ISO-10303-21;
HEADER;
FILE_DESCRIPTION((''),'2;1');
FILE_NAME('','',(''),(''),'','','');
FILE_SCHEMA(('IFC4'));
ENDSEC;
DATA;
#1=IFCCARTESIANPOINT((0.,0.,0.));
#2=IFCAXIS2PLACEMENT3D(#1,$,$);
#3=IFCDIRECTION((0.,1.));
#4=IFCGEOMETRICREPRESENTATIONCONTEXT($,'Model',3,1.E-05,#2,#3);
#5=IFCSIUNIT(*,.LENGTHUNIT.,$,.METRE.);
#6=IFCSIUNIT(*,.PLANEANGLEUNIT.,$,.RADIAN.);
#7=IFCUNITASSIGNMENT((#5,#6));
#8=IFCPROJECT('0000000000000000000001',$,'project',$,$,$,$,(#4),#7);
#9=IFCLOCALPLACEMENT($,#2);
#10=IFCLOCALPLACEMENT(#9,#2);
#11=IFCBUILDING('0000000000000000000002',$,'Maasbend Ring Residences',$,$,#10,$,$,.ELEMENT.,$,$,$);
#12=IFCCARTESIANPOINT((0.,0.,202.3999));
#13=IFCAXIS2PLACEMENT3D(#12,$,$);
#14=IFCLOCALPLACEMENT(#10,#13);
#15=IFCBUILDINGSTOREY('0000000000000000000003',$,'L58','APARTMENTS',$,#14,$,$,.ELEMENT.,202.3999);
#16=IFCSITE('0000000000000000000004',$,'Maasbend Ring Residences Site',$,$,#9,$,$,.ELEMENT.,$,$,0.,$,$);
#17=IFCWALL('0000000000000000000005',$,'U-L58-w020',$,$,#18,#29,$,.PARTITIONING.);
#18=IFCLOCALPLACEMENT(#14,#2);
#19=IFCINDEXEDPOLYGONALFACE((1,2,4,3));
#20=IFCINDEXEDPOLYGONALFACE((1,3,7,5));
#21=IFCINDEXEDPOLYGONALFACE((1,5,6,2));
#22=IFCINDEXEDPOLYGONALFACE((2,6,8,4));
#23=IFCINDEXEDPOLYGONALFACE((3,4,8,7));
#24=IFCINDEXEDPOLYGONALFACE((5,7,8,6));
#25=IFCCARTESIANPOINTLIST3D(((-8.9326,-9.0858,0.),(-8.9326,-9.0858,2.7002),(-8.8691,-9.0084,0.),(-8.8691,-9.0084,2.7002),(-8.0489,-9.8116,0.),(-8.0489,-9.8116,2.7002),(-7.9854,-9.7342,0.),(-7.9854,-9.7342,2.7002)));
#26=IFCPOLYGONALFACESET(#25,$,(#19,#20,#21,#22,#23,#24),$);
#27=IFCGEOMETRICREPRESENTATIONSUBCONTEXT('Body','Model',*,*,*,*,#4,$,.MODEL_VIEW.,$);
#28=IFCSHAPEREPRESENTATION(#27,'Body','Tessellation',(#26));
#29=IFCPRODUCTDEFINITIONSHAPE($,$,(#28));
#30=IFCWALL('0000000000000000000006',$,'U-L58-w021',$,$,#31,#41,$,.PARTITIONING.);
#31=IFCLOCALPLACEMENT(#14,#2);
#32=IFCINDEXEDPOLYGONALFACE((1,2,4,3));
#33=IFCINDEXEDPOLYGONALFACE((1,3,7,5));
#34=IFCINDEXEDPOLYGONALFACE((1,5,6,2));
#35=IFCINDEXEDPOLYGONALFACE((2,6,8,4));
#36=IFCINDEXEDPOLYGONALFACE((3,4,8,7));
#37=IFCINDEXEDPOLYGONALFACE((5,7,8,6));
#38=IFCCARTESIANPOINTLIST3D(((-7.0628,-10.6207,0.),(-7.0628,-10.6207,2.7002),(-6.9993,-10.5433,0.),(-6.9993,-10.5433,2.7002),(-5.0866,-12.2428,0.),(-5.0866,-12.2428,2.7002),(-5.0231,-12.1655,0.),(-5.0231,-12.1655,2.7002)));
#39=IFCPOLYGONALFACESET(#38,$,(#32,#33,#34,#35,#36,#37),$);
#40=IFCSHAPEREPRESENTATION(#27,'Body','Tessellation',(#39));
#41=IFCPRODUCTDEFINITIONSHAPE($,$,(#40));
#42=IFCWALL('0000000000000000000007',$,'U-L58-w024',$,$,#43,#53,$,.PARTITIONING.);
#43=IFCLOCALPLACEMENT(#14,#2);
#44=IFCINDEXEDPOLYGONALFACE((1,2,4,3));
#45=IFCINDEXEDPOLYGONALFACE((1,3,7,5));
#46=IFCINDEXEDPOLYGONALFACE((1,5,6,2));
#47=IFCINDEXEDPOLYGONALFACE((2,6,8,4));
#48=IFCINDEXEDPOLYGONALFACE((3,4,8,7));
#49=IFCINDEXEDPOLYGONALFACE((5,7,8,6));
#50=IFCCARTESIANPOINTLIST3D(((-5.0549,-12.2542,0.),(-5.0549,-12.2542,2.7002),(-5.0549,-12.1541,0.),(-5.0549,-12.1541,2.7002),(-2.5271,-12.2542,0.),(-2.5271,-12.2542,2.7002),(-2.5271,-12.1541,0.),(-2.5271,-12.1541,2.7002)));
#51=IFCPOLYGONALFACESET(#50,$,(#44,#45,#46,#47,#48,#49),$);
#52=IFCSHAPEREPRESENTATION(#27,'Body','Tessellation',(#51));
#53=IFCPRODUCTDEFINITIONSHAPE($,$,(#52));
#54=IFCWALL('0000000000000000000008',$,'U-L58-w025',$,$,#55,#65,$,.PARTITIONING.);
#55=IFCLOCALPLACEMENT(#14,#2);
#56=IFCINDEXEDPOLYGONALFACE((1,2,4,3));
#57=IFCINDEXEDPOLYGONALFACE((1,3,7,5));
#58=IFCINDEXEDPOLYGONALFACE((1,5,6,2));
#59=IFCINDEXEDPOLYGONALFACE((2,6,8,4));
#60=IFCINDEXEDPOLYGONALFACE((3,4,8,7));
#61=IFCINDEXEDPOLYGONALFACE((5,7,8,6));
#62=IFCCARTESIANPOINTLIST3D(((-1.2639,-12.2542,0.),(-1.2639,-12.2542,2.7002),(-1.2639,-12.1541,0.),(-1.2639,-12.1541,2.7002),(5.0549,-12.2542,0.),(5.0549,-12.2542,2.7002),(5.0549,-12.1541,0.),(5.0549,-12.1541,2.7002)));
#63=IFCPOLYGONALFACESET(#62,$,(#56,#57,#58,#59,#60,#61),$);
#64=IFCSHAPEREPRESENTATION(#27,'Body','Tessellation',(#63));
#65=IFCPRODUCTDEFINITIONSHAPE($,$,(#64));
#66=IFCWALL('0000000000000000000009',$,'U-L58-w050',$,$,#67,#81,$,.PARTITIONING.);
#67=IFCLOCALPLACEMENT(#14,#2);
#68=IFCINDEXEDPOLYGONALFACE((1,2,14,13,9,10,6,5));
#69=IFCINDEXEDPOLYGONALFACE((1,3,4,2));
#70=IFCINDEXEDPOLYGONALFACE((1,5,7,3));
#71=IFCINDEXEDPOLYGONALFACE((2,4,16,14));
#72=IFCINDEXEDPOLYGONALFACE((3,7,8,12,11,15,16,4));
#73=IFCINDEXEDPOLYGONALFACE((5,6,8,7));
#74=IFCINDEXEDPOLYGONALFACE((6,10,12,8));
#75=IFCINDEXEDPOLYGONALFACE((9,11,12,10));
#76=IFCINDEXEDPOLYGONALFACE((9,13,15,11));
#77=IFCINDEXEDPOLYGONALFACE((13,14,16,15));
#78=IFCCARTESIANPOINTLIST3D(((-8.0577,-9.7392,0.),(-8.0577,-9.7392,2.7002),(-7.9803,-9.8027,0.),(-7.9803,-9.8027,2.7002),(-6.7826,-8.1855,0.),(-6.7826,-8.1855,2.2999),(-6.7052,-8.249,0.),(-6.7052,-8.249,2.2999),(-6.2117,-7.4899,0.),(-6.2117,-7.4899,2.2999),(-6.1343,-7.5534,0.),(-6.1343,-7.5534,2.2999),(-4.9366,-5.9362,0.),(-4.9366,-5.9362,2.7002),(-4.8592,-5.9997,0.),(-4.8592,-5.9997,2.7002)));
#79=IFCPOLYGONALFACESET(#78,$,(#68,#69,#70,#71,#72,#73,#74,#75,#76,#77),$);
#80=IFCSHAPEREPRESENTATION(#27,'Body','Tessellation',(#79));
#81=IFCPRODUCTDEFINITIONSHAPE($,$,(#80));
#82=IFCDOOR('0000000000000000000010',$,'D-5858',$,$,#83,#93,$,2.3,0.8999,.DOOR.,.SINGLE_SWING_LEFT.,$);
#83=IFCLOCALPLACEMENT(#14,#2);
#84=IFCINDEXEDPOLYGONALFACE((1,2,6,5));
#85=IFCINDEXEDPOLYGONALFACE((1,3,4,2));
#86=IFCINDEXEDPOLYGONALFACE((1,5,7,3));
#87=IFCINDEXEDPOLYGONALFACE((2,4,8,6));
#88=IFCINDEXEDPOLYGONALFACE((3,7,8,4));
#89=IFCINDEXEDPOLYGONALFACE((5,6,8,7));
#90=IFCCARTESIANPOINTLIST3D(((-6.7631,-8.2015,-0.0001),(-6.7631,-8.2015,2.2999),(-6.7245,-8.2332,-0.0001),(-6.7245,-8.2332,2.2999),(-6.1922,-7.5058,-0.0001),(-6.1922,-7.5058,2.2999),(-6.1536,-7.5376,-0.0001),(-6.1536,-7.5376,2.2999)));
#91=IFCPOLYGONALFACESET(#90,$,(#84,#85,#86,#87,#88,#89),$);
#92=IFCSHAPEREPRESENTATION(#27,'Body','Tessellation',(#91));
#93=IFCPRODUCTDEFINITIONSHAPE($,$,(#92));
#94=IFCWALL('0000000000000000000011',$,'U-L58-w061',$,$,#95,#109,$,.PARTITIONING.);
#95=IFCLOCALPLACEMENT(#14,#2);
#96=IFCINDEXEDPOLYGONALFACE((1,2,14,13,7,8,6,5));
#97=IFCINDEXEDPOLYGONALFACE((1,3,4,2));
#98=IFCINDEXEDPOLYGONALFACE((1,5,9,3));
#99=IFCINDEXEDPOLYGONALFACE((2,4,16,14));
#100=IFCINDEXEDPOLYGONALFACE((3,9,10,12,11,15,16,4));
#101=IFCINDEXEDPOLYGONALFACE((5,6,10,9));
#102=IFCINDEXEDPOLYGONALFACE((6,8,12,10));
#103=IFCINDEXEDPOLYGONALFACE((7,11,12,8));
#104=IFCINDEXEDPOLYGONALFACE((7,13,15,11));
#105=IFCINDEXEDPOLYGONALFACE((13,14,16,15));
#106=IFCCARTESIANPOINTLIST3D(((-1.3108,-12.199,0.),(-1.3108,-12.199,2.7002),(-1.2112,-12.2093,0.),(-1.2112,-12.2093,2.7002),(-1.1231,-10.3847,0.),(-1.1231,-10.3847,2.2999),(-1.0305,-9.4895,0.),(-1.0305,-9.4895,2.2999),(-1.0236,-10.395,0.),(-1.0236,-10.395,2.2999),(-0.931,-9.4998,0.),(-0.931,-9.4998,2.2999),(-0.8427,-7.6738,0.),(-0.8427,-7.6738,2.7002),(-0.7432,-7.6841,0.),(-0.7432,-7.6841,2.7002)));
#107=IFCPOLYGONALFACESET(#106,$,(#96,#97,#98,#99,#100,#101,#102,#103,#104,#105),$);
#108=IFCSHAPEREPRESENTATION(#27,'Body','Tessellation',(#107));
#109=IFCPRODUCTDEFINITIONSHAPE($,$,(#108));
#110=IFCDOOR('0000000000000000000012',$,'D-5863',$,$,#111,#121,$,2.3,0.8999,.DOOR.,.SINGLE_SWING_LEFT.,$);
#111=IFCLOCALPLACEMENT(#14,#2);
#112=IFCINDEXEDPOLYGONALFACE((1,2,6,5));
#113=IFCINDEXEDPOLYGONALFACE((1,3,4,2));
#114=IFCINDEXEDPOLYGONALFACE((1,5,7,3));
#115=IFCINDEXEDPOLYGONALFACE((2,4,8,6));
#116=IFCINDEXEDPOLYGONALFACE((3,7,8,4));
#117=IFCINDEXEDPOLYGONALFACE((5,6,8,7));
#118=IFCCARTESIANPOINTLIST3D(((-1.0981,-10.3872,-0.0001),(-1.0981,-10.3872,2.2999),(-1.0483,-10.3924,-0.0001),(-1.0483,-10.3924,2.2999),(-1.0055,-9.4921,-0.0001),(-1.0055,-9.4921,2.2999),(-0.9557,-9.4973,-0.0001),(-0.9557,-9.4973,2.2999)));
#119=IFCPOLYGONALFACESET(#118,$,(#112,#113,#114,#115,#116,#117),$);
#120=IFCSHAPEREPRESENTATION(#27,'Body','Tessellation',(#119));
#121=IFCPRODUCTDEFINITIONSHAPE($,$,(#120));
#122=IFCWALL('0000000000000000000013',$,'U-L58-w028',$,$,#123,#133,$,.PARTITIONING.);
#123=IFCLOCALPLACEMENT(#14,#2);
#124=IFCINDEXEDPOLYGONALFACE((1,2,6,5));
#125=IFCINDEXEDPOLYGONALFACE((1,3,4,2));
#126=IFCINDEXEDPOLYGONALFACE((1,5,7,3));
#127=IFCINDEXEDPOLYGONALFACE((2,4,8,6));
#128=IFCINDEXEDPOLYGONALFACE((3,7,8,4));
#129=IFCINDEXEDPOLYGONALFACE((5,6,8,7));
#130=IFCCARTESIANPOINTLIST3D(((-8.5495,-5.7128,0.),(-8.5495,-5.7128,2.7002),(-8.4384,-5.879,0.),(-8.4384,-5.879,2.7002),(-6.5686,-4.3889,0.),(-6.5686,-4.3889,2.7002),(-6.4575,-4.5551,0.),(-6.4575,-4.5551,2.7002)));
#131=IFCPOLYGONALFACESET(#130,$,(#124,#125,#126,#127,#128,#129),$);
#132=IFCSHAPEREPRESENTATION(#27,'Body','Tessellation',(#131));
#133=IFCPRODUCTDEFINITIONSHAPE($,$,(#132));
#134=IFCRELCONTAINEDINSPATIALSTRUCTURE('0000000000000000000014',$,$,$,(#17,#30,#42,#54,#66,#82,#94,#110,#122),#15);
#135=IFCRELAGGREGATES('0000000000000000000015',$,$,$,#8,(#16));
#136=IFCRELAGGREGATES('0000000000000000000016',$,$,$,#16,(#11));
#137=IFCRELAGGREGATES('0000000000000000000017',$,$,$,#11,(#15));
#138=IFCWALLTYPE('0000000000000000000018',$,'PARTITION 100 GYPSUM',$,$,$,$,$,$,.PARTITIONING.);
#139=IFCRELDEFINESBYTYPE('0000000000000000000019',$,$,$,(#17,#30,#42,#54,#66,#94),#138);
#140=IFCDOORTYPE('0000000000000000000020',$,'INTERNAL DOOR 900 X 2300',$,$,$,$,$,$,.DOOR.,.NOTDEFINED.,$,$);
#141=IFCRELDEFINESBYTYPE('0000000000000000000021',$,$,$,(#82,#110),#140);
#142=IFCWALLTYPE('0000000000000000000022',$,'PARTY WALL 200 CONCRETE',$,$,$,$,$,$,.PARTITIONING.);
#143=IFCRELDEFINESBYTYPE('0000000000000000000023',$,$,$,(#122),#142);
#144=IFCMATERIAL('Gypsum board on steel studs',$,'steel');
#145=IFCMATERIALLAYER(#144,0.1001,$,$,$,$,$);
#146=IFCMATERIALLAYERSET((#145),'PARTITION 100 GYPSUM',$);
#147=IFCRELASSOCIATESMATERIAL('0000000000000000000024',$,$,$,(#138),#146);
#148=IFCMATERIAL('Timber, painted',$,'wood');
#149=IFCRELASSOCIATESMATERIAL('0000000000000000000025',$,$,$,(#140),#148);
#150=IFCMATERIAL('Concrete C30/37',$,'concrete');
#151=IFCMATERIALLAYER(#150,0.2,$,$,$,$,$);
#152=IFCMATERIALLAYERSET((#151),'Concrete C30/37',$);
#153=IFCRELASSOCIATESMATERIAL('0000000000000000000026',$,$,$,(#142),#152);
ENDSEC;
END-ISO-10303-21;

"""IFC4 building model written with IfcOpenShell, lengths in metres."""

from ifc_helpers import new_model, si_unit, direction, frame, frame_2d, origin, place, context, subcontext, project, spatial, rectangle, extrude, material, layer, layer_set, type_object, element, fill, save


model = new_model("IFC4")

# Units and contexts
model_context = context("Model", 3, precision=1e-05, world=origin(), true_north=direction((0.0, 1.0)))
body_context = subcontext(model_context, "Body", "Model", "MODEL_VIEW")
ifc_project = project(units=[si_unit("LENGTHUNIT", "METRE"), si_unit("PLANEANGLEUNIT", "RADIAN")], contexts=[model_context])

# Site, building, storey
site_placement = place(None, origin())
site = spatial("IfcSite", under=ifc_project, at=site_placement, Name="Maasbend Ring Residences Site", CompositionType="ELEMENT", RefElevation=0.0)
building_placement = place(site_placement, origin())
building = spatial("IfcBuilding", under=site, at=building_placement, Name="Maasbend Ring Residences", CompositionType="ELEMENT")
storey_placement = place(building_placement, frame((0.0, 0.0, 202.3999)))
storey = spatial("IfcBuildingStorey", under=building, at=storey_placement, Name="L58", Description="APARTMENTS", CompositionType="ELEMENT", Elevation=202.3999)

# Walls
ifc_material_1 = material(Name="Gypsum board on steel studs", Category="steel")
ifc_layer_1 = layer(ifc_material_1, 0.1001)
ifc_layer_set_1 = layer_set([ifc_layer_1], Name="PARTITION 100 GYPSUM")
wall_type_1 = type_object("IfcWallType", Name="PARTITION 100 GYPSUM", PredefinedType="PARTITIONING", material=ifc_layer_set_1)
wall_1_placement = place(storey_placement, frame((-8.9009, -9.0471, 0.0), z_axis=(0.0, 0.0, 1.0), x_axis=(0.772786, -0.634667, 0.0)))
element("IfcWall", 1, at=wall_1_placement, inside=storey, type_object=wall_type_1, Name="U-L58-w020", PredefinedType="PARTITIONING", context=body_context, shape_type="SweptSolid", body=[
    extrude(rectangle(XDim=1.1436, YDim=0.1001, at=frame_2d((0.5718, 0.0))), origin(), (0.0, 0.0, 1.0), 2.7002),
])
wall_2_placement = place(storey_placement, frame((-7.031, -10.582, 0.0), z_axis=(0.0, 0.0, 1.0), x_axis=(0.772944, -0.634475, 0.0)))
element("IfcWall", 2, at=wall_2_placement, inside=storey, type_object=wall_type_1, Name="U-L58-w021", PredefinedType="PARTITIONING", context=body_context, shape_type="SweptSolid", body=[
    extrude(rectangle(XDim=2.5566, YDim=0.1001, at=frame_2d((1.2783, 0.0))), origin(), (0.0, 0.0, 1.0), 2.7002),
])
wall_3_placement = place(storey_placement, frame((-5.0549, -12.2041, 0.0), z_axis=(0.0, 0.0, 1.0), x_axis=(1.0, 0.0, 0.0)))
element("IfcWall", 3, at=wall_3_placement, inside=storey, type_object=wall_type_1, Name="U-L58-w024", PredefinedType="PARTITIONING", context=body_context, shape_type="SweptSolid", body=[
    extrude(rectangle(XDim=2.5278, YDim=0.1001, at=frame_2d((1.2639, 0.0))), origin(), (0.0, 0.0, 1.0), 2.7002),
])
wall_4_placement = place(storey_placement, frame((-1.2639, -12.2041, 0.0), z_axis=(0.0, 0.0, 1.0), x_axis=(1.0, 0.0, 0.0)))
element("IfcWall", 4, at=wall_4_placement, inside=storey, type_object=wall_type_1, Name="U-L58-w025", PredefinedType="PARTITIONING", context=body_context, shape_type="SweptSolid", body=[
    extrude(rectangle(XDim=6.3188, YDim=0.1001, at=frame_2d((3.1594, 0.0))), origin(), (0.0, 0.0, 1.0), 2.7002),
])

# Walls, openings, doors
wall_5_placement = place(storey_placement, frame((-8.019, -9.771, 0.0), z_axis=(0.0, 0.0, 1.0), x_axis=(0.634402, 0.773003, 0.0)))
wall_5 = element("IfcWall", 5, at=wall_5_placement, inside=storey, type_object=wall_type_1, Name="U-L58-w050", PredefinedType="PARTITIONING", context=body_context, shape_type="SweptSolid", body=[
    extrude(rectangle(XDim=4.9197, YDim=0.1001, at=frame_2d((2.46, 0.0))), origin(), (0.0, 0.0, 1.0), 2.7002),
])
opening_1_placement = place(wall_5_placement, frame((2.01, 0.0, 0.0)))
opening_1 = element("IfcOpeningElement", 6, at=opening_1_placement, cuts=wall_5, PredefinedType="OPENING", context=body_context, shape_type="SweptSolid", body=[
    extrude(rectangle(XDim=0.8999, YDim=2.3, at=frame_2d((0.45, 1.1499))), frame((0.0, 0.0601, 0.0), z_axis=(0.0, -1.0, 0.0), x_axis=(1.0, 0.0, 0.0)), (0.0, 0.0, 1.0), 0.1201),
])
ifc_material_2 = material(Name="Timber, painted", Category="wood")
door_type = type_object("IfcDoorType", Name="INTERNAL DOOR 900 X 2300", OperationType="NOTDEFINED", PredefinedType="DOOR", material=ifc_material_2)
door_1_placement = place(opening_1_placement, origin())
door_1 = element("IfcDoor", 7, at=door_1_placement, inside=storey, type_object=door_type, Name="D-5858", OperationType="SINGLE_SWING_LEFT", OverallHeight=2.3, OverallWidth=0.8999, PredefinedType="DOOR", context=body_context, shape_type="SweptSolid", body=[
    extrude(rectangle(XDim=0.8999, YDim=2.3, at=frame_2d((0.45, 1.1499))), frame((0.0, 0.0249, 0.0), z_axis=(0.0, -1.0, 0.0), x_axis=(1.0, 0.0, 0.0)), (0.0, 0.0, 1.0), 0.05),
])
fill(opening_1, door_1)
wall_6_placement = place(storey_placement, frame((-1.261, -12.2041, 0.0), z_axis=(0.0, 0.0, 1.0), x_axis=(0.102877, 0.994694, 0.0)))
wall_6 = element("IfcWall", 8, at=wall_6_placement, inside=storey, type_object=wall_type_1, Name="U-L58-w061", PredefinedType="PARTITIONING", context=body_context, shape_type="SweptSolid", body=[
    extrude(rectangle(XDim=4.5493, YDim=0.1001, at=frame_2d((2.2747, 0.0))), origin(), (0.0, 0.0, 1.0), 2.7002),
])
opening_2_placement = place(wall_6_placement, frame((1.824, 0.0, 0.0)))
opening_2 = element("IfcOpeningElement", 9, at=opening_2_placement, cuts=wall_6, PredefinedType="OPENING", context=body_context, shape_type="SweptSolid", body=[
    extrude(rectangle(XDim=0.8999, YDim=2.3, at=frame_2d((0.45, 1.1499))), frame((0.0, 0.0601, 0.0), z_axis=(0.0, -1.0, 0.0), x_axis=(1.0, 0.0, 0.0)), (0.0, 0.0, 1.0), 0.1201),
])
door_2_placement = place(opening_2_placement, origin())
door_2 = element("IfcDoor", 10, at=door_2_placement, inside=storey, type_object=door_type, Name="D-5863", OperationType="SINGLE_SWING_LEFT", OverallHeight=2.3, OverallWidth=0.8999, PredefinedType="DOOR", context=body_context, shape_type="SweptSolid", body=[
    extrude(rectangle(XDim=0.8999, YDim=2.3, at=frame_2d((0.45, 1.1499))), frame((0.0, 0.0249, 0.0), z_axis=(0.0, -1.0, 0.0), x_axis=(1.0, 0.0, 0.0)), (0.0, 0.0, 1.0), 0.05),
])
fill(opening_2, door_2)

# Wall
ifc_material_3 = material(Name="Concrete C30/37", Category="concrete")
ifc_layer_2 = layer(ifc_material_3, 0.2)
ifc_layer_set_2 = layer_set([ifc_layer_2], Name="Concrete C30/37")
wall_type_2 = type_object("IfcWallType", Name="PARTY WALL 200 CONCRETE", PredefinedType="PARTITIONING", material=ifc_layer_set_2)
wall_7_placement = place(storey_placement, frame((-6.5129, -4.4719, 0.0), z_axis=(0.0, 0.0, 1.0), x_axis=(-0.831403, -0.555669, 0.0)))
element("IfcWall", 11, at=wall_7_placement, inside=storey, type_object=wall_type_2, Name="U-L58-w028", PredefinedType="PARTITIONING", context=body_context, shape_type="SweptSolid", body=[
    extrude(rectangle(XDim=2.3826, YDim=0.2, at=frame_2d((1.1914, 0.0))), origin(), (0.0, 0.0, 1.0), 2.7002),
])

save(model, "model.ifc")
